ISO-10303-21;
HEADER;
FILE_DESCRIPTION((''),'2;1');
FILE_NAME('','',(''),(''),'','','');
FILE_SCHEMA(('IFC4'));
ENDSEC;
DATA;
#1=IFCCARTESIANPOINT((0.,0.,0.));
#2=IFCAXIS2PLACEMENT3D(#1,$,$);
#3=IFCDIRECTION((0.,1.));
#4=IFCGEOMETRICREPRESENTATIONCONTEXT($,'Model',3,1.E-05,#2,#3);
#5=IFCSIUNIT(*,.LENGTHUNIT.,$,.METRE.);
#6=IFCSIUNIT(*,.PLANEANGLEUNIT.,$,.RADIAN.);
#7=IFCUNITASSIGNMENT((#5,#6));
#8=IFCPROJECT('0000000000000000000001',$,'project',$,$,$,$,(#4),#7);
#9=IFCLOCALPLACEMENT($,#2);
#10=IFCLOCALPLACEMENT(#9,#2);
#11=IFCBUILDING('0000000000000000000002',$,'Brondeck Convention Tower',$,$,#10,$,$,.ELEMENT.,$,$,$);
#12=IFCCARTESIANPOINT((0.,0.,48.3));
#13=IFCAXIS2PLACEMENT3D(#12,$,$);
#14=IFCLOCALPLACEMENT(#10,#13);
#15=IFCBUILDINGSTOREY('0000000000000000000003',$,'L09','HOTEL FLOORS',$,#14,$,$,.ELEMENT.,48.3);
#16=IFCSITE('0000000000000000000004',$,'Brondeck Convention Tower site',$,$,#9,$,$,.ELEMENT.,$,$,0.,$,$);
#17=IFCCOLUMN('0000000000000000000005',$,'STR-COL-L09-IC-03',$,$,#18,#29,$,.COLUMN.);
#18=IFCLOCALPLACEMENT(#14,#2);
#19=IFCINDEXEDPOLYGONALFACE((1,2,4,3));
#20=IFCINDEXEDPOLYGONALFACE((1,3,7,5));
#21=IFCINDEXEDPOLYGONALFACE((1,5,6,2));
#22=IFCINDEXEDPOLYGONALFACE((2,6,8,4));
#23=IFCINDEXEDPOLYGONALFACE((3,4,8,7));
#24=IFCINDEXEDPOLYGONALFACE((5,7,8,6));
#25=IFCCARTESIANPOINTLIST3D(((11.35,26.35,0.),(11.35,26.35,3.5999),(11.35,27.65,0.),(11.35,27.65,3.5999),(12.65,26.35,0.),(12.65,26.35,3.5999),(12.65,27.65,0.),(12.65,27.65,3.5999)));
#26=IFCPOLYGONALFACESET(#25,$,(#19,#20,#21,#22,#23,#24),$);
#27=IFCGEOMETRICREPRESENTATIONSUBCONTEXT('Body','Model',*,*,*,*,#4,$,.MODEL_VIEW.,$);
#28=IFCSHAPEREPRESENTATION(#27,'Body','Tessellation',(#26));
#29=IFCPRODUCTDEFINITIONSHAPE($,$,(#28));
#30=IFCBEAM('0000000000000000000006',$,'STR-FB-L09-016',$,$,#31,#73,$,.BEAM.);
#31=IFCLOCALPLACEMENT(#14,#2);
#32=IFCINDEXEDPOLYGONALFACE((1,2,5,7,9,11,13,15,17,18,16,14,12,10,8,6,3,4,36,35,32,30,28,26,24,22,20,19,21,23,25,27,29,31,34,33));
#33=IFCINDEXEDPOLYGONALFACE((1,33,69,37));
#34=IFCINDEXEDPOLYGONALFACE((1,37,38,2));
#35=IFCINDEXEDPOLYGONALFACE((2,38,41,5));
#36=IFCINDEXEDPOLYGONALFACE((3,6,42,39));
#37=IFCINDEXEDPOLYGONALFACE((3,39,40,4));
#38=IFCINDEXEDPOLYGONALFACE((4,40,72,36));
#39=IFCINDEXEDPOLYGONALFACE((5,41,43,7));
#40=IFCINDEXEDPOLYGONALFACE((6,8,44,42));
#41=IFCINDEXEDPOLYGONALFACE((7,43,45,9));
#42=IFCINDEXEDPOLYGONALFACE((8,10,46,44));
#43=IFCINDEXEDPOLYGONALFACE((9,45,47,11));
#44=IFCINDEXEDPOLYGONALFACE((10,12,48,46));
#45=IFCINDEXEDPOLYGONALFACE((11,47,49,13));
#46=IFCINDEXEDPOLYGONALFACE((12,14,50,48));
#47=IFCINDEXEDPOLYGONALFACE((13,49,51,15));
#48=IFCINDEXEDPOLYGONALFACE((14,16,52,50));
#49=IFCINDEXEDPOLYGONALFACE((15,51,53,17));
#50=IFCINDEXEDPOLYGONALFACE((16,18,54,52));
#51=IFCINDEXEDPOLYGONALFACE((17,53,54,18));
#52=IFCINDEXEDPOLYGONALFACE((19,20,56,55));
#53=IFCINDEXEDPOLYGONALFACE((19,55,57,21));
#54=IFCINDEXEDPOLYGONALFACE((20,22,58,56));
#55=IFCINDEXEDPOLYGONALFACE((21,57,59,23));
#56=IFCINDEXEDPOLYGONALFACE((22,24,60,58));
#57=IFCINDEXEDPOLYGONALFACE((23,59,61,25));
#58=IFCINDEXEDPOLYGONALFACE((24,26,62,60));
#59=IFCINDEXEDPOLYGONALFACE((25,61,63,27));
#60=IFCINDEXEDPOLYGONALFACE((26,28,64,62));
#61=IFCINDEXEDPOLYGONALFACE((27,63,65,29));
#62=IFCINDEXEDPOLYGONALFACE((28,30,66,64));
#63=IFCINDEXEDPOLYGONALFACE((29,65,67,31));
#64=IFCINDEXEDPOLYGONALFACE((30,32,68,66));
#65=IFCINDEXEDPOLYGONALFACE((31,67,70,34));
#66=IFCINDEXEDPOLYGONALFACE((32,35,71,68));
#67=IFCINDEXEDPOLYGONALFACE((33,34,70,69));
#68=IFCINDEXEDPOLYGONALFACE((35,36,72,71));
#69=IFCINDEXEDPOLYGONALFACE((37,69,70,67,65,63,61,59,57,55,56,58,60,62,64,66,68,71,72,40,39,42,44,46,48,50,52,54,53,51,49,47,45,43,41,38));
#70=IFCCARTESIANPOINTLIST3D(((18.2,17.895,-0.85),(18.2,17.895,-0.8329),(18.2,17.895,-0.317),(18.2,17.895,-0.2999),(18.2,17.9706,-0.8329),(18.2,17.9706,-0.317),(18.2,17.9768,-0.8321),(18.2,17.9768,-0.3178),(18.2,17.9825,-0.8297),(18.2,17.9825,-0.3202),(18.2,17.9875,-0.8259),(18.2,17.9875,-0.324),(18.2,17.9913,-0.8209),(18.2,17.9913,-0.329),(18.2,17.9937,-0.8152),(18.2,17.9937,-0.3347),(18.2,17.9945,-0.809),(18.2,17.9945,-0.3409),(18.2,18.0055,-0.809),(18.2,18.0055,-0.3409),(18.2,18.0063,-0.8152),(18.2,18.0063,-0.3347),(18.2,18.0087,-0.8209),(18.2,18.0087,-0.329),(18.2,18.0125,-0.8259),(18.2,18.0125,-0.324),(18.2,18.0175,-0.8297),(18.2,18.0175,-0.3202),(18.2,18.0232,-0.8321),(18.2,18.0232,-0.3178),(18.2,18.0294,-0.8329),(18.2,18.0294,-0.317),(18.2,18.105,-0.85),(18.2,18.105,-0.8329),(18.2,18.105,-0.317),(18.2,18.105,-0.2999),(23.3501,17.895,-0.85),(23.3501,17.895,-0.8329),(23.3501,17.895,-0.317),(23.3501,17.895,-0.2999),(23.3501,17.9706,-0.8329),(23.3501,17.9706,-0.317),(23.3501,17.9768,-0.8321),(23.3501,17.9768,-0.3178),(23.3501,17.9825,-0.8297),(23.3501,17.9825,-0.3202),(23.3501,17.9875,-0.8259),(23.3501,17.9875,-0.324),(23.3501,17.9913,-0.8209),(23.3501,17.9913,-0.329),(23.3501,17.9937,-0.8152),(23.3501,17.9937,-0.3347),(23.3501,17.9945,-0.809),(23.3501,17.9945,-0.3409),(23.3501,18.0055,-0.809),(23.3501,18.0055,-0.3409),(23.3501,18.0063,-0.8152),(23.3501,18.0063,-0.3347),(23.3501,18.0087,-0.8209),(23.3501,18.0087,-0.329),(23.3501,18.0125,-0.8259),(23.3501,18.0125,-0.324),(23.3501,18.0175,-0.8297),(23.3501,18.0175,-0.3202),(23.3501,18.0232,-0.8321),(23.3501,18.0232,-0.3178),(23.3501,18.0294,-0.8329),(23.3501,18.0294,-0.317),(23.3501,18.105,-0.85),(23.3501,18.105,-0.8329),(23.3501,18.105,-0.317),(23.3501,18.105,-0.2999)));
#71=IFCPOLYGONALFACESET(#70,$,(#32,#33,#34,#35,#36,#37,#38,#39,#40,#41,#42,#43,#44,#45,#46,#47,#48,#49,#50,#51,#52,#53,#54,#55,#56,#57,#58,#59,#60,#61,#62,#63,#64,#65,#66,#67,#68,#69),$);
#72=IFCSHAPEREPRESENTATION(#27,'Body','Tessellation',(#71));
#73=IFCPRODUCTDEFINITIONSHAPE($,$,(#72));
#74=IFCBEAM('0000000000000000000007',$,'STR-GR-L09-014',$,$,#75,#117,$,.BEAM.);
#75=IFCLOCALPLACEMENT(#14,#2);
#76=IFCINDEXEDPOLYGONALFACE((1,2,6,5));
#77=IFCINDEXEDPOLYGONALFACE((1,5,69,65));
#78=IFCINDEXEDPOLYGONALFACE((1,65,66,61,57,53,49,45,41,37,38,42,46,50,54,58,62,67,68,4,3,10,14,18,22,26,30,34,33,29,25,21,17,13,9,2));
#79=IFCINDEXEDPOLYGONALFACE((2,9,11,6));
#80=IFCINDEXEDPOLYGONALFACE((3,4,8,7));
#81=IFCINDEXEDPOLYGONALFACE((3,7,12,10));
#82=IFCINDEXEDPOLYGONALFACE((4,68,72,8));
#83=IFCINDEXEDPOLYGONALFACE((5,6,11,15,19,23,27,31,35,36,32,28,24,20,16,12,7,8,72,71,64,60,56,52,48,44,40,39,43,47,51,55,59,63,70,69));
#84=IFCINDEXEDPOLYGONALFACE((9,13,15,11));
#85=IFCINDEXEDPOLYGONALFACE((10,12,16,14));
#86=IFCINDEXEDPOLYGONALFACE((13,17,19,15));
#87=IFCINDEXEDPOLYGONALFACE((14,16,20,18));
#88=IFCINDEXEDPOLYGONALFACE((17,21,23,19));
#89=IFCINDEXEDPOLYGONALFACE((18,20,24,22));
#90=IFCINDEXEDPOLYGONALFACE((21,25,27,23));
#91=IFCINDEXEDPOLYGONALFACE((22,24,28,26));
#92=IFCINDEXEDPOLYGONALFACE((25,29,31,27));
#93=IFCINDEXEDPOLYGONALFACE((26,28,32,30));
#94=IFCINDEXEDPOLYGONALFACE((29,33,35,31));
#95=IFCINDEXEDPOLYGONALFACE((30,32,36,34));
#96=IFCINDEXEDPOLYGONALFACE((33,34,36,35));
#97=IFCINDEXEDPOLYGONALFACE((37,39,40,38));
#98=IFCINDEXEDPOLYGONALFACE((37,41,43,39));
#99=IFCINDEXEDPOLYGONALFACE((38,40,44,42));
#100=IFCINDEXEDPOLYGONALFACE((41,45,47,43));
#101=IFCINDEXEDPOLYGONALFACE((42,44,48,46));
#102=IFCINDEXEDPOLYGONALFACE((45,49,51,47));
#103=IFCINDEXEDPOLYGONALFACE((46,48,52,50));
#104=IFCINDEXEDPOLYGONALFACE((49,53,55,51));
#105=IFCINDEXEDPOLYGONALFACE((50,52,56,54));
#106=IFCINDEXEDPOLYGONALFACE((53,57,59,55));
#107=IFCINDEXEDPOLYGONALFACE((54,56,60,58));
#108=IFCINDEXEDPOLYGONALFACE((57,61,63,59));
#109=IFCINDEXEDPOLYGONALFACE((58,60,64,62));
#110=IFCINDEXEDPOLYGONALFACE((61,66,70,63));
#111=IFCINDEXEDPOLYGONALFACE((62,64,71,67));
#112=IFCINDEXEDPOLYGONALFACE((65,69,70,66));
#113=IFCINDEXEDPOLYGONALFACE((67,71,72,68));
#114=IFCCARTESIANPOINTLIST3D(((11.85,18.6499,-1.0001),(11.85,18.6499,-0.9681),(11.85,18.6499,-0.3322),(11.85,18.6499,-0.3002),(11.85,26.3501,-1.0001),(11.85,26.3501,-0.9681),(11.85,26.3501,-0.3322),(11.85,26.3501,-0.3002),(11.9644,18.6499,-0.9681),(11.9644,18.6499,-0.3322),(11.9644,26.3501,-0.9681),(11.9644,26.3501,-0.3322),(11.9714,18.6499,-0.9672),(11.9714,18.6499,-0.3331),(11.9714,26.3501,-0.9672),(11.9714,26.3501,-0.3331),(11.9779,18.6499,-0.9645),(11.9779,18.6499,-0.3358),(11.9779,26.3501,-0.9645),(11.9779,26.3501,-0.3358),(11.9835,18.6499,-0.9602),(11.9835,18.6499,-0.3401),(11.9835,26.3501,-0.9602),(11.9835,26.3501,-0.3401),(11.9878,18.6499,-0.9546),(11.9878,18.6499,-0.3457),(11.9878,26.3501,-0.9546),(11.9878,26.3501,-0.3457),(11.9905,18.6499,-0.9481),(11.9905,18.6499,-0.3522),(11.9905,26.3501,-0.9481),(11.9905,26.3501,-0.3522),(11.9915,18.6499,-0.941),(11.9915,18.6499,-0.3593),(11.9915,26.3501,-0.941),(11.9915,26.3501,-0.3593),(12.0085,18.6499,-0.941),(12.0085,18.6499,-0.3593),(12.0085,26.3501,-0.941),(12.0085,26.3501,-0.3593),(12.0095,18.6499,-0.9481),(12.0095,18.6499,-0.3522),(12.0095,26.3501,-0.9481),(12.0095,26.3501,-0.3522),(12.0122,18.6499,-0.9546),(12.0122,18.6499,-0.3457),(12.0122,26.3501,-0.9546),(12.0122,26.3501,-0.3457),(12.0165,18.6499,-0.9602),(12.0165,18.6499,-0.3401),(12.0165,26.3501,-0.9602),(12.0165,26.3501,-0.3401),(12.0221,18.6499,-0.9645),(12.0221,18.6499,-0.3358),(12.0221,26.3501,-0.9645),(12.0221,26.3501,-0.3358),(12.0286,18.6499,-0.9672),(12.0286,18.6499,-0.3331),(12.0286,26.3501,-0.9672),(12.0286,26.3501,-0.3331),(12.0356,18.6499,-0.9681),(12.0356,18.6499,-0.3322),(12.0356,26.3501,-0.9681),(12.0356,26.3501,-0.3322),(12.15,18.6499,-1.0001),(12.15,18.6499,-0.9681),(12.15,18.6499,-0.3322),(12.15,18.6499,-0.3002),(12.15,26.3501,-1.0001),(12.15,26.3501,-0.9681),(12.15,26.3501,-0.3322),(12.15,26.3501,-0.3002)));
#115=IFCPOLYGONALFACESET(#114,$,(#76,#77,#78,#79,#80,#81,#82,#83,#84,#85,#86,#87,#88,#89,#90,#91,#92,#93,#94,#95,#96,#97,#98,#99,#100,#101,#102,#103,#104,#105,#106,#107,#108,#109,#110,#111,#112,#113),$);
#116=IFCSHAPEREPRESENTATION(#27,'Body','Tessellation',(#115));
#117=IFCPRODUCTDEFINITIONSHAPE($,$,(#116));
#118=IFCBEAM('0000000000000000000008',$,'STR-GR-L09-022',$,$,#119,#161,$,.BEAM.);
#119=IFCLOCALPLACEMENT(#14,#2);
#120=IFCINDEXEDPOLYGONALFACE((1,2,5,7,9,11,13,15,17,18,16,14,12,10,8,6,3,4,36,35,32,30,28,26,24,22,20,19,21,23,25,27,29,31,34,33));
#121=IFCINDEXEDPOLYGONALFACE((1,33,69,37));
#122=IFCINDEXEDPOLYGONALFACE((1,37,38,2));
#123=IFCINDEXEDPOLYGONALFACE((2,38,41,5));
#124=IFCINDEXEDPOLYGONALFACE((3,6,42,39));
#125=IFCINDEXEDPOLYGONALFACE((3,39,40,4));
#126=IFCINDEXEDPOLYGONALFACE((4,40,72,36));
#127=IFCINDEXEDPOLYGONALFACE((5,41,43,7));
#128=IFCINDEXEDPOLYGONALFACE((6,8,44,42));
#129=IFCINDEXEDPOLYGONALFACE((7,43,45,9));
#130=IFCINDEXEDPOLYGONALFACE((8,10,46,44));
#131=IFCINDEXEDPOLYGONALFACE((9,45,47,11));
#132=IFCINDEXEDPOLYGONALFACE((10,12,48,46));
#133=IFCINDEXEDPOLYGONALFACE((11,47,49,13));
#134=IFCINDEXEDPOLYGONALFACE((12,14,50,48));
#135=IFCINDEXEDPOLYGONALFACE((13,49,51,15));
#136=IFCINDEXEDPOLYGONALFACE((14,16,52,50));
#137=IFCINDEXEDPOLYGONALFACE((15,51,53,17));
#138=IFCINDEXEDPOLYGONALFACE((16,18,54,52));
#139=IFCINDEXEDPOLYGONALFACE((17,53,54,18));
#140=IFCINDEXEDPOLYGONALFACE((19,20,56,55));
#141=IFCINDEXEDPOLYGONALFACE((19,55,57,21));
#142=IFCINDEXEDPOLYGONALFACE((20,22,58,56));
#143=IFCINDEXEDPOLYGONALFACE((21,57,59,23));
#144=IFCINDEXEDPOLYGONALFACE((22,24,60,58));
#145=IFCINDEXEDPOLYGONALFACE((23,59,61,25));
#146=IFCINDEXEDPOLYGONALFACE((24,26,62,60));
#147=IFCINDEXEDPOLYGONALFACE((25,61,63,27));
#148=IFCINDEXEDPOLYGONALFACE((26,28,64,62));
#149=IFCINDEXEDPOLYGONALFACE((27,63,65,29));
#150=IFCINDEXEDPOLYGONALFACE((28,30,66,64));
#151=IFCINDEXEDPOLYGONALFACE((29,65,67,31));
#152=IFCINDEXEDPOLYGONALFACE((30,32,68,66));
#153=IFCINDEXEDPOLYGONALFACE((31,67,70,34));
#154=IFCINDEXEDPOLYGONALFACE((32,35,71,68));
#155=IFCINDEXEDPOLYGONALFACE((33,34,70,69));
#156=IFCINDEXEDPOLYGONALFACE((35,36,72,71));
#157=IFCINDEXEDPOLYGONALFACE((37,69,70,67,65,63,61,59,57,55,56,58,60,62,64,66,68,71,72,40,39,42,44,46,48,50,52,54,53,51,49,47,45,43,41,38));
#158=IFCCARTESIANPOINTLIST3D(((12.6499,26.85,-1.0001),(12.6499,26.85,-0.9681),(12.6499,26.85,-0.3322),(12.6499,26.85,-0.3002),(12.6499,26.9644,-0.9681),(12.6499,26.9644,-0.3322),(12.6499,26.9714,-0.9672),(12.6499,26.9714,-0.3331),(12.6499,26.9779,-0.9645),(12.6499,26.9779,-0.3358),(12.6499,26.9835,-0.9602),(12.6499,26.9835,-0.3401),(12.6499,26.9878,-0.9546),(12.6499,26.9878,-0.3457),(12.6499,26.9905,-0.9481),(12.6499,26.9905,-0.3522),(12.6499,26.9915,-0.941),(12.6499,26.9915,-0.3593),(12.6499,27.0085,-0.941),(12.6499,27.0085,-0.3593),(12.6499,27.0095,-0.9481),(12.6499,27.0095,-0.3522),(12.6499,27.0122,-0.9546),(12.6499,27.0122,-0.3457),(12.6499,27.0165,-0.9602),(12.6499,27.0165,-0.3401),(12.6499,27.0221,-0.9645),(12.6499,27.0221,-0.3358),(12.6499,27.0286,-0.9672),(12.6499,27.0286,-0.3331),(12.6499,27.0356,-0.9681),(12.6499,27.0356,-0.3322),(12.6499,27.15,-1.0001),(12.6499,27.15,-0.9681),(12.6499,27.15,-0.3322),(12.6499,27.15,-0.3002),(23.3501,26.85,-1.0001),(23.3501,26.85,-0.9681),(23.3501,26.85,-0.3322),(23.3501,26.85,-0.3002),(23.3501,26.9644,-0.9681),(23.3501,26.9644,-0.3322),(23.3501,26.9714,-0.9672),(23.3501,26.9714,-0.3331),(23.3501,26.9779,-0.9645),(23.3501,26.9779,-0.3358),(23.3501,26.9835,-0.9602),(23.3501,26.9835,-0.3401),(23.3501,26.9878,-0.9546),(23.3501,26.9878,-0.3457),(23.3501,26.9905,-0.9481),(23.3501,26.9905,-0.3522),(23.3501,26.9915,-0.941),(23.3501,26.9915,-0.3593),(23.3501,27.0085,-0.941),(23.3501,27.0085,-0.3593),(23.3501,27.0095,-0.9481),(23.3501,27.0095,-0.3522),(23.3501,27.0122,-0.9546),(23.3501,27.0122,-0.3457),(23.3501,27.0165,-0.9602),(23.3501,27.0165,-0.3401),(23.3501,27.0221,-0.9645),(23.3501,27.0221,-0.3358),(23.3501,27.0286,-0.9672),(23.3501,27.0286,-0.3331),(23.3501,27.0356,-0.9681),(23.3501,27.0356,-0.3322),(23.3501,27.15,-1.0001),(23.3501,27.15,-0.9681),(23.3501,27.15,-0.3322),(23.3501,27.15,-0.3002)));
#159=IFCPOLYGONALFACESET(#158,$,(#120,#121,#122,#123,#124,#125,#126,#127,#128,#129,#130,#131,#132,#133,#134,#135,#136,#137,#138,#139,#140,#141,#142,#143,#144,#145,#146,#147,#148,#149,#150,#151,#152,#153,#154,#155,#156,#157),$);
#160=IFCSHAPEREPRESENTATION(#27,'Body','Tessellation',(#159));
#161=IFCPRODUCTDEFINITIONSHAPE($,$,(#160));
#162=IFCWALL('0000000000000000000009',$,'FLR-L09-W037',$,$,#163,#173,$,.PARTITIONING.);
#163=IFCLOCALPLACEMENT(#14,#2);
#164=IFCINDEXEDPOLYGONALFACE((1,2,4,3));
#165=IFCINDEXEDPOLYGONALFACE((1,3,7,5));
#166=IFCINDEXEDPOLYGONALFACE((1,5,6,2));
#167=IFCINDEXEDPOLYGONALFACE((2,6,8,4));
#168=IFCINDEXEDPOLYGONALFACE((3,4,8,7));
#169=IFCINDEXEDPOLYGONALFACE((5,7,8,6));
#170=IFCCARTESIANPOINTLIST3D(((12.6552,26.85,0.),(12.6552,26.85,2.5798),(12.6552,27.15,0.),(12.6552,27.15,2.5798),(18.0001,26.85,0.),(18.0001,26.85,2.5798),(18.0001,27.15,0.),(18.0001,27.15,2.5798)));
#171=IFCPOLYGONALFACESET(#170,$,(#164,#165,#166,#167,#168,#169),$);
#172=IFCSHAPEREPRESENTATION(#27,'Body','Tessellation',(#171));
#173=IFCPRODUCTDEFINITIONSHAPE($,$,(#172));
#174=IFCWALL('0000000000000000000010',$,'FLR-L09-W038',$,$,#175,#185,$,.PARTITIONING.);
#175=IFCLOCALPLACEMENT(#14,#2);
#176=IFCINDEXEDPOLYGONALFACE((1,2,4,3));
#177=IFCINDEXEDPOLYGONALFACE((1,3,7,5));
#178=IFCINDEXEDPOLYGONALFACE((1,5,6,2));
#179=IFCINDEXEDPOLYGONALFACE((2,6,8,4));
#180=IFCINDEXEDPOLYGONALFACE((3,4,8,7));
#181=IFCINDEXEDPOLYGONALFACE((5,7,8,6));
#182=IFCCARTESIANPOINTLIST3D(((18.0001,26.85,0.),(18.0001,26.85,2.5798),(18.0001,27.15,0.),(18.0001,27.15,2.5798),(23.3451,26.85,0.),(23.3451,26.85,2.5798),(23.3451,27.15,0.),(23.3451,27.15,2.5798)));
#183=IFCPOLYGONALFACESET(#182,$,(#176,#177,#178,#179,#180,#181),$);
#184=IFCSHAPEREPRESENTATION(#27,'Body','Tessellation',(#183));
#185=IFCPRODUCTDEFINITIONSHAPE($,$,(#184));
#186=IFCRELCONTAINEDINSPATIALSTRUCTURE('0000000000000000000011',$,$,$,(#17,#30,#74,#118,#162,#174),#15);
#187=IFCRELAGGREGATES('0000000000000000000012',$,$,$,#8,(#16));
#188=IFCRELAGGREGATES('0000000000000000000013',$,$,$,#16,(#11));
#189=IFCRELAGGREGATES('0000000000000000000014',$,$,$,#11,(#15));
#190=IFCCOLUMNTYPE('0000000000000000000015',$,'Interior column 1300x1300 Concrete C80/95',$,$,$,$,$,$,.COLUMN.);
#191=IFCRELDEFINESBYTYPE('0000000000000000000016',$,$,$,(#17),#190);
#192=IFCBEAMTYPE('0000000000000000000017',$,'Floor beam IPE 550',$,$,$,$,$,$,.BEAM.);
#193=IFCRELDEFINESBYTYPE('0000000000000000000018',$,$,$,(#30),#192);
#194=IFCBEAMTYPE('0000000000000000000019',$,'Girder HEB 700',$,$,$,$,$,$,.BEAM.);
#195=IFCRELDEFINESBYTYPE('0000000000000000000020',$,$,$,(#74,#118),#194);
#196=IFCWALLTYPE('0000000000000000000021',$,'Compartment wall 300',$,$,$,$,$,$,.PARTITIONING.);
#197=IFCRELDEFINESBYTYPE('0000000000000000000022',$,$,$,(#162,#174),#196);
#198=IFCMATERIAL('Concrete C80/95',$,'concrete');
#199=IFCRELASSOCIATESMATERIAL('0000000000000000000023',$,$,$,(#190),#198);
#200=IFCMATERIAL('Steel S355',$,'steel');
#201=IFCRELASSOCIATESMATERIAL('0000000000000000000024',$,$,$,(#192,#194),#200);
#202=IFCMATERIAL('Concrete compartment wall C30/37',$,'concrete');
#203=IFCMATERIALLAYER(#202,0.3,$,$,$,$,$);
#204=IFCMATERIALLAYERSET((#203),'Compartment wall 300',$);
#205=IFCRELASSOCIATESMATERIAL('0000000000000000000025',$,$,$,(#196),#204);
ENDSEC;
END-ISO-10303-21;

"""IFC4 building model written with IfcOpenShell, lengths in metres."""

from ifc_helpers import new_model, si_unit, direction, frame, frame_2d, origin, origin_2d, place, context, subcontext, project, spatial, rectangle, i_section, extrude, material, layer, layer_set, material_profile, profile_set, type_object, element, save


model = new_model("IFC4")

# Units and contexts
model_context = context("Model", 3, precision=1e-05, world=origin(), true_north=direction((0.0, 1.0)))
body_context = subcontext(model_context, "Body", "Model", "MODEL_VIEW")
ifc_project = project(units=[si_unit("LENGTHUNIT", "METRE"), si_unit("PLANEANGLEUNIT", "RADIAN")], contexts=[model_context])

# Site, building, storey
site_placement = place(None, origin())
site = spatial("IfcSite", under=ifc_project, at=site_placement, Name="Brondeck Convention Tower site", CompositionType="ELEMENT", RefElevation=0.0)
building_placement = place(site_placement, origin())
building = spatial("IfcBuilding", under=site, at=building_placement, Name="Brondeck Convention Tower", CompositionType="ELEMENT")
storey_placement = place(building_placement, frame((0.0, 0.0, 48.3)))
storey = spatial("IfcBuildingStorey", under=building, at=storey_placement, Name="L09", Description="HOTEL FLOORS", CompositionType="ELEMENT", Elevation=48.3)

# Column
ifc_material_1 = material(Name="Concrete C80/95", Category="concrete")
ifc_material_profile_1 = material_profile(ifc_material_1, rectangle(XDim=1.3, YDim=1.3, at=origin_2d()), Name="Interior column 1300x1300 Concrete C80/95")
ifc_profile_set_1 = profile_set([ifc_material_profile_1], Name="Concrete C80/95")
column_type = type_object("IfcColumnType", Name="Interior column 1300x1300 Concrete C80/95", PredefinedType="COLUMN", material=ifc_profile_set_1)
column_placement = place(storey_placement, frame((12.0, 27.0, 0.0), z_axis=(0.0, 0.0, 1.0), x_axis=(1.0, 0.0, 0.0)))
element("IfcColumn", 1, at=column_placement, inside=storey, type_object=column_type, Name="STR-COL-L09-IC-03", PredefinedType="COLUMN", context=body_context, shape_type="SweptSolid", body=[
    extrude(rectangle(XDim=1.3, YDim=1.3, at=origin_2d()), origin(), (0.0, 0.0, 1.0), 3.5999),
])

# Beams
ifc_material_2 = material(Name="Steel S355", Category="steel")
ifc_material_profile_2 = material_profile(ifc_material_2, i_section(OverallWidth=0.21, OverallDepth=0.55, WebThickness=0.011, FlangeThickness=0.0171, FilletRadius=0.0239, at=origin_2d()), Name="IPE 550")
ifc_profile_set_2 = profile_set([ifc_material_profile_2], Name="Steel S355")
beam_type_1 = type_object("IfcBeamType", Name="Floor beam IPE 550", PredefinedType="BEAM", material=ifc_profile_set_2)
beam_1_placement = place(storey_placement, frame((18.2, 18.0, -0.575), z_axis=(1.0, 0.0, 0.0), x_axis=(0.0, 1.0, 0.0)))
element("IfcBeam", 2, at=beam_1_placement, inside=storey, type_object=beam_type_1, Name="STR-FB-L09-016", PredefinedType="BEAM", context=body_context, shape_type="SweptSolid", body=[
    extrude(i_section(OverallWidth=0.21, OverallDepth=0.55, WebThickness=0.011, FlangeThickness=0.0171, FilletRadius=0.0239, at=origin_2d()), origin(), (0.0, 0.0, 1.0), 5.1501),
])
ifc_material_profile_3 = material_profile(ifc_material_2, i_section(OverallWidth=0.3, OverallDepth=0.7, WebThickness=0.0171, FlangeThickness=0.032, FilletRadius=0.0271, at=origin_2d()), Name="HEB 700")
ifc_profile_set_3 = profile_set([ifc_material_profile_3], Name="Steel S355")
beam_type_2 = type_object("IfcBeamType", Name="Girder HEB 700", PredefinedType="BEAM", material=ifc_profile_set_3)
beam_2_placement = place(storey_placement, frame((12.0, 26.3501, -0.6501), z_axis=(0.0, -1.0, 0.0), x_axis=(1.0, 0.0, 0.0)))
element("IfcBeam", 3, at=beam_2_placement, inside=storey, type_object=beam_type_2, Name="STR-GR-L09-014", PredefinedType="BEAM", context=body_context, shape_type="SweptSolid", body=[
    extrude(i_section(OverallWidth=0.3, OverallDepth=0.7, WebThickness=0.0171, FlangeThickness=0.032, FilletRadius=0.0271, at=origin_2d()), origin(), (0.0, 0.0, 1.0), 7.7002),
])
beam_3_placement = place(storey_placement, frame((12.6499, 27.0, -0.6501), z_axis=(1.0, 0.0, 0.0), x_axis=(0.0, 1.0, 0.0)))
element("IfcBeam", 4, at=beam_3_placement, inside=storey, type_object=beam_type_2, Name="STR-GR-L09-022", PredefinedType="BEAM", context=body_context, shape_type="SweptSolid", body=[
    extrude(i_section(OverallWidth=0.3, OverallDepth=0.7, WebThickness=0.0171, FlangeThickness=0.032, FilletRadius=0.0271, at=origin_2d()), origin(), (0.0, 0.0, 1.0), 10.7002),
])

# Walls
ifc_material_3 = material(Name="Concrete compartment wall C30/37", Category="concrete")
ifc_layer_1 = layer(ifc_material_3, 0.3)
ifc_layer_set_1 = layer_set([ifc_layer_1], Name="Compartment wall 300")
wall_type_1 = type_object("IfcWallType", Name="Compartment wall 300", PredefinedType="PARTITIONING", material=ifc_layer_set_1)
for number, where, z_axis, x_axis, name in (
    (5, (18.0, 27.0, 0.0), (0.0, 0.0, 1.0), (-1.0, 0.0, 0.0), "FLR-L09-W037"),
    (6, (23.345, 27.0, 0.0), (0.0, 0.0, 1.0), (-1.0, 0.0, 0.0), "FLR-L09-W038"),
):
    element("IfcWall", number, at=place(storey_placement, frame(where, z_axis=z_axis, x_axis=x_axis)), inside=storey, type_object=wall_type_1, Name=name, PredefinedType="PARTITIONING", context=body_context, shape_type="SweptSolid", body=[
        extrude(rectangle(XDim=5.345, YDim=0.3, at=frame_2d((2.6724, 0.0))), origin(), (0.0, 0.0, 1.0), 2.5798),
    ])

save(model, "model.ifc")
